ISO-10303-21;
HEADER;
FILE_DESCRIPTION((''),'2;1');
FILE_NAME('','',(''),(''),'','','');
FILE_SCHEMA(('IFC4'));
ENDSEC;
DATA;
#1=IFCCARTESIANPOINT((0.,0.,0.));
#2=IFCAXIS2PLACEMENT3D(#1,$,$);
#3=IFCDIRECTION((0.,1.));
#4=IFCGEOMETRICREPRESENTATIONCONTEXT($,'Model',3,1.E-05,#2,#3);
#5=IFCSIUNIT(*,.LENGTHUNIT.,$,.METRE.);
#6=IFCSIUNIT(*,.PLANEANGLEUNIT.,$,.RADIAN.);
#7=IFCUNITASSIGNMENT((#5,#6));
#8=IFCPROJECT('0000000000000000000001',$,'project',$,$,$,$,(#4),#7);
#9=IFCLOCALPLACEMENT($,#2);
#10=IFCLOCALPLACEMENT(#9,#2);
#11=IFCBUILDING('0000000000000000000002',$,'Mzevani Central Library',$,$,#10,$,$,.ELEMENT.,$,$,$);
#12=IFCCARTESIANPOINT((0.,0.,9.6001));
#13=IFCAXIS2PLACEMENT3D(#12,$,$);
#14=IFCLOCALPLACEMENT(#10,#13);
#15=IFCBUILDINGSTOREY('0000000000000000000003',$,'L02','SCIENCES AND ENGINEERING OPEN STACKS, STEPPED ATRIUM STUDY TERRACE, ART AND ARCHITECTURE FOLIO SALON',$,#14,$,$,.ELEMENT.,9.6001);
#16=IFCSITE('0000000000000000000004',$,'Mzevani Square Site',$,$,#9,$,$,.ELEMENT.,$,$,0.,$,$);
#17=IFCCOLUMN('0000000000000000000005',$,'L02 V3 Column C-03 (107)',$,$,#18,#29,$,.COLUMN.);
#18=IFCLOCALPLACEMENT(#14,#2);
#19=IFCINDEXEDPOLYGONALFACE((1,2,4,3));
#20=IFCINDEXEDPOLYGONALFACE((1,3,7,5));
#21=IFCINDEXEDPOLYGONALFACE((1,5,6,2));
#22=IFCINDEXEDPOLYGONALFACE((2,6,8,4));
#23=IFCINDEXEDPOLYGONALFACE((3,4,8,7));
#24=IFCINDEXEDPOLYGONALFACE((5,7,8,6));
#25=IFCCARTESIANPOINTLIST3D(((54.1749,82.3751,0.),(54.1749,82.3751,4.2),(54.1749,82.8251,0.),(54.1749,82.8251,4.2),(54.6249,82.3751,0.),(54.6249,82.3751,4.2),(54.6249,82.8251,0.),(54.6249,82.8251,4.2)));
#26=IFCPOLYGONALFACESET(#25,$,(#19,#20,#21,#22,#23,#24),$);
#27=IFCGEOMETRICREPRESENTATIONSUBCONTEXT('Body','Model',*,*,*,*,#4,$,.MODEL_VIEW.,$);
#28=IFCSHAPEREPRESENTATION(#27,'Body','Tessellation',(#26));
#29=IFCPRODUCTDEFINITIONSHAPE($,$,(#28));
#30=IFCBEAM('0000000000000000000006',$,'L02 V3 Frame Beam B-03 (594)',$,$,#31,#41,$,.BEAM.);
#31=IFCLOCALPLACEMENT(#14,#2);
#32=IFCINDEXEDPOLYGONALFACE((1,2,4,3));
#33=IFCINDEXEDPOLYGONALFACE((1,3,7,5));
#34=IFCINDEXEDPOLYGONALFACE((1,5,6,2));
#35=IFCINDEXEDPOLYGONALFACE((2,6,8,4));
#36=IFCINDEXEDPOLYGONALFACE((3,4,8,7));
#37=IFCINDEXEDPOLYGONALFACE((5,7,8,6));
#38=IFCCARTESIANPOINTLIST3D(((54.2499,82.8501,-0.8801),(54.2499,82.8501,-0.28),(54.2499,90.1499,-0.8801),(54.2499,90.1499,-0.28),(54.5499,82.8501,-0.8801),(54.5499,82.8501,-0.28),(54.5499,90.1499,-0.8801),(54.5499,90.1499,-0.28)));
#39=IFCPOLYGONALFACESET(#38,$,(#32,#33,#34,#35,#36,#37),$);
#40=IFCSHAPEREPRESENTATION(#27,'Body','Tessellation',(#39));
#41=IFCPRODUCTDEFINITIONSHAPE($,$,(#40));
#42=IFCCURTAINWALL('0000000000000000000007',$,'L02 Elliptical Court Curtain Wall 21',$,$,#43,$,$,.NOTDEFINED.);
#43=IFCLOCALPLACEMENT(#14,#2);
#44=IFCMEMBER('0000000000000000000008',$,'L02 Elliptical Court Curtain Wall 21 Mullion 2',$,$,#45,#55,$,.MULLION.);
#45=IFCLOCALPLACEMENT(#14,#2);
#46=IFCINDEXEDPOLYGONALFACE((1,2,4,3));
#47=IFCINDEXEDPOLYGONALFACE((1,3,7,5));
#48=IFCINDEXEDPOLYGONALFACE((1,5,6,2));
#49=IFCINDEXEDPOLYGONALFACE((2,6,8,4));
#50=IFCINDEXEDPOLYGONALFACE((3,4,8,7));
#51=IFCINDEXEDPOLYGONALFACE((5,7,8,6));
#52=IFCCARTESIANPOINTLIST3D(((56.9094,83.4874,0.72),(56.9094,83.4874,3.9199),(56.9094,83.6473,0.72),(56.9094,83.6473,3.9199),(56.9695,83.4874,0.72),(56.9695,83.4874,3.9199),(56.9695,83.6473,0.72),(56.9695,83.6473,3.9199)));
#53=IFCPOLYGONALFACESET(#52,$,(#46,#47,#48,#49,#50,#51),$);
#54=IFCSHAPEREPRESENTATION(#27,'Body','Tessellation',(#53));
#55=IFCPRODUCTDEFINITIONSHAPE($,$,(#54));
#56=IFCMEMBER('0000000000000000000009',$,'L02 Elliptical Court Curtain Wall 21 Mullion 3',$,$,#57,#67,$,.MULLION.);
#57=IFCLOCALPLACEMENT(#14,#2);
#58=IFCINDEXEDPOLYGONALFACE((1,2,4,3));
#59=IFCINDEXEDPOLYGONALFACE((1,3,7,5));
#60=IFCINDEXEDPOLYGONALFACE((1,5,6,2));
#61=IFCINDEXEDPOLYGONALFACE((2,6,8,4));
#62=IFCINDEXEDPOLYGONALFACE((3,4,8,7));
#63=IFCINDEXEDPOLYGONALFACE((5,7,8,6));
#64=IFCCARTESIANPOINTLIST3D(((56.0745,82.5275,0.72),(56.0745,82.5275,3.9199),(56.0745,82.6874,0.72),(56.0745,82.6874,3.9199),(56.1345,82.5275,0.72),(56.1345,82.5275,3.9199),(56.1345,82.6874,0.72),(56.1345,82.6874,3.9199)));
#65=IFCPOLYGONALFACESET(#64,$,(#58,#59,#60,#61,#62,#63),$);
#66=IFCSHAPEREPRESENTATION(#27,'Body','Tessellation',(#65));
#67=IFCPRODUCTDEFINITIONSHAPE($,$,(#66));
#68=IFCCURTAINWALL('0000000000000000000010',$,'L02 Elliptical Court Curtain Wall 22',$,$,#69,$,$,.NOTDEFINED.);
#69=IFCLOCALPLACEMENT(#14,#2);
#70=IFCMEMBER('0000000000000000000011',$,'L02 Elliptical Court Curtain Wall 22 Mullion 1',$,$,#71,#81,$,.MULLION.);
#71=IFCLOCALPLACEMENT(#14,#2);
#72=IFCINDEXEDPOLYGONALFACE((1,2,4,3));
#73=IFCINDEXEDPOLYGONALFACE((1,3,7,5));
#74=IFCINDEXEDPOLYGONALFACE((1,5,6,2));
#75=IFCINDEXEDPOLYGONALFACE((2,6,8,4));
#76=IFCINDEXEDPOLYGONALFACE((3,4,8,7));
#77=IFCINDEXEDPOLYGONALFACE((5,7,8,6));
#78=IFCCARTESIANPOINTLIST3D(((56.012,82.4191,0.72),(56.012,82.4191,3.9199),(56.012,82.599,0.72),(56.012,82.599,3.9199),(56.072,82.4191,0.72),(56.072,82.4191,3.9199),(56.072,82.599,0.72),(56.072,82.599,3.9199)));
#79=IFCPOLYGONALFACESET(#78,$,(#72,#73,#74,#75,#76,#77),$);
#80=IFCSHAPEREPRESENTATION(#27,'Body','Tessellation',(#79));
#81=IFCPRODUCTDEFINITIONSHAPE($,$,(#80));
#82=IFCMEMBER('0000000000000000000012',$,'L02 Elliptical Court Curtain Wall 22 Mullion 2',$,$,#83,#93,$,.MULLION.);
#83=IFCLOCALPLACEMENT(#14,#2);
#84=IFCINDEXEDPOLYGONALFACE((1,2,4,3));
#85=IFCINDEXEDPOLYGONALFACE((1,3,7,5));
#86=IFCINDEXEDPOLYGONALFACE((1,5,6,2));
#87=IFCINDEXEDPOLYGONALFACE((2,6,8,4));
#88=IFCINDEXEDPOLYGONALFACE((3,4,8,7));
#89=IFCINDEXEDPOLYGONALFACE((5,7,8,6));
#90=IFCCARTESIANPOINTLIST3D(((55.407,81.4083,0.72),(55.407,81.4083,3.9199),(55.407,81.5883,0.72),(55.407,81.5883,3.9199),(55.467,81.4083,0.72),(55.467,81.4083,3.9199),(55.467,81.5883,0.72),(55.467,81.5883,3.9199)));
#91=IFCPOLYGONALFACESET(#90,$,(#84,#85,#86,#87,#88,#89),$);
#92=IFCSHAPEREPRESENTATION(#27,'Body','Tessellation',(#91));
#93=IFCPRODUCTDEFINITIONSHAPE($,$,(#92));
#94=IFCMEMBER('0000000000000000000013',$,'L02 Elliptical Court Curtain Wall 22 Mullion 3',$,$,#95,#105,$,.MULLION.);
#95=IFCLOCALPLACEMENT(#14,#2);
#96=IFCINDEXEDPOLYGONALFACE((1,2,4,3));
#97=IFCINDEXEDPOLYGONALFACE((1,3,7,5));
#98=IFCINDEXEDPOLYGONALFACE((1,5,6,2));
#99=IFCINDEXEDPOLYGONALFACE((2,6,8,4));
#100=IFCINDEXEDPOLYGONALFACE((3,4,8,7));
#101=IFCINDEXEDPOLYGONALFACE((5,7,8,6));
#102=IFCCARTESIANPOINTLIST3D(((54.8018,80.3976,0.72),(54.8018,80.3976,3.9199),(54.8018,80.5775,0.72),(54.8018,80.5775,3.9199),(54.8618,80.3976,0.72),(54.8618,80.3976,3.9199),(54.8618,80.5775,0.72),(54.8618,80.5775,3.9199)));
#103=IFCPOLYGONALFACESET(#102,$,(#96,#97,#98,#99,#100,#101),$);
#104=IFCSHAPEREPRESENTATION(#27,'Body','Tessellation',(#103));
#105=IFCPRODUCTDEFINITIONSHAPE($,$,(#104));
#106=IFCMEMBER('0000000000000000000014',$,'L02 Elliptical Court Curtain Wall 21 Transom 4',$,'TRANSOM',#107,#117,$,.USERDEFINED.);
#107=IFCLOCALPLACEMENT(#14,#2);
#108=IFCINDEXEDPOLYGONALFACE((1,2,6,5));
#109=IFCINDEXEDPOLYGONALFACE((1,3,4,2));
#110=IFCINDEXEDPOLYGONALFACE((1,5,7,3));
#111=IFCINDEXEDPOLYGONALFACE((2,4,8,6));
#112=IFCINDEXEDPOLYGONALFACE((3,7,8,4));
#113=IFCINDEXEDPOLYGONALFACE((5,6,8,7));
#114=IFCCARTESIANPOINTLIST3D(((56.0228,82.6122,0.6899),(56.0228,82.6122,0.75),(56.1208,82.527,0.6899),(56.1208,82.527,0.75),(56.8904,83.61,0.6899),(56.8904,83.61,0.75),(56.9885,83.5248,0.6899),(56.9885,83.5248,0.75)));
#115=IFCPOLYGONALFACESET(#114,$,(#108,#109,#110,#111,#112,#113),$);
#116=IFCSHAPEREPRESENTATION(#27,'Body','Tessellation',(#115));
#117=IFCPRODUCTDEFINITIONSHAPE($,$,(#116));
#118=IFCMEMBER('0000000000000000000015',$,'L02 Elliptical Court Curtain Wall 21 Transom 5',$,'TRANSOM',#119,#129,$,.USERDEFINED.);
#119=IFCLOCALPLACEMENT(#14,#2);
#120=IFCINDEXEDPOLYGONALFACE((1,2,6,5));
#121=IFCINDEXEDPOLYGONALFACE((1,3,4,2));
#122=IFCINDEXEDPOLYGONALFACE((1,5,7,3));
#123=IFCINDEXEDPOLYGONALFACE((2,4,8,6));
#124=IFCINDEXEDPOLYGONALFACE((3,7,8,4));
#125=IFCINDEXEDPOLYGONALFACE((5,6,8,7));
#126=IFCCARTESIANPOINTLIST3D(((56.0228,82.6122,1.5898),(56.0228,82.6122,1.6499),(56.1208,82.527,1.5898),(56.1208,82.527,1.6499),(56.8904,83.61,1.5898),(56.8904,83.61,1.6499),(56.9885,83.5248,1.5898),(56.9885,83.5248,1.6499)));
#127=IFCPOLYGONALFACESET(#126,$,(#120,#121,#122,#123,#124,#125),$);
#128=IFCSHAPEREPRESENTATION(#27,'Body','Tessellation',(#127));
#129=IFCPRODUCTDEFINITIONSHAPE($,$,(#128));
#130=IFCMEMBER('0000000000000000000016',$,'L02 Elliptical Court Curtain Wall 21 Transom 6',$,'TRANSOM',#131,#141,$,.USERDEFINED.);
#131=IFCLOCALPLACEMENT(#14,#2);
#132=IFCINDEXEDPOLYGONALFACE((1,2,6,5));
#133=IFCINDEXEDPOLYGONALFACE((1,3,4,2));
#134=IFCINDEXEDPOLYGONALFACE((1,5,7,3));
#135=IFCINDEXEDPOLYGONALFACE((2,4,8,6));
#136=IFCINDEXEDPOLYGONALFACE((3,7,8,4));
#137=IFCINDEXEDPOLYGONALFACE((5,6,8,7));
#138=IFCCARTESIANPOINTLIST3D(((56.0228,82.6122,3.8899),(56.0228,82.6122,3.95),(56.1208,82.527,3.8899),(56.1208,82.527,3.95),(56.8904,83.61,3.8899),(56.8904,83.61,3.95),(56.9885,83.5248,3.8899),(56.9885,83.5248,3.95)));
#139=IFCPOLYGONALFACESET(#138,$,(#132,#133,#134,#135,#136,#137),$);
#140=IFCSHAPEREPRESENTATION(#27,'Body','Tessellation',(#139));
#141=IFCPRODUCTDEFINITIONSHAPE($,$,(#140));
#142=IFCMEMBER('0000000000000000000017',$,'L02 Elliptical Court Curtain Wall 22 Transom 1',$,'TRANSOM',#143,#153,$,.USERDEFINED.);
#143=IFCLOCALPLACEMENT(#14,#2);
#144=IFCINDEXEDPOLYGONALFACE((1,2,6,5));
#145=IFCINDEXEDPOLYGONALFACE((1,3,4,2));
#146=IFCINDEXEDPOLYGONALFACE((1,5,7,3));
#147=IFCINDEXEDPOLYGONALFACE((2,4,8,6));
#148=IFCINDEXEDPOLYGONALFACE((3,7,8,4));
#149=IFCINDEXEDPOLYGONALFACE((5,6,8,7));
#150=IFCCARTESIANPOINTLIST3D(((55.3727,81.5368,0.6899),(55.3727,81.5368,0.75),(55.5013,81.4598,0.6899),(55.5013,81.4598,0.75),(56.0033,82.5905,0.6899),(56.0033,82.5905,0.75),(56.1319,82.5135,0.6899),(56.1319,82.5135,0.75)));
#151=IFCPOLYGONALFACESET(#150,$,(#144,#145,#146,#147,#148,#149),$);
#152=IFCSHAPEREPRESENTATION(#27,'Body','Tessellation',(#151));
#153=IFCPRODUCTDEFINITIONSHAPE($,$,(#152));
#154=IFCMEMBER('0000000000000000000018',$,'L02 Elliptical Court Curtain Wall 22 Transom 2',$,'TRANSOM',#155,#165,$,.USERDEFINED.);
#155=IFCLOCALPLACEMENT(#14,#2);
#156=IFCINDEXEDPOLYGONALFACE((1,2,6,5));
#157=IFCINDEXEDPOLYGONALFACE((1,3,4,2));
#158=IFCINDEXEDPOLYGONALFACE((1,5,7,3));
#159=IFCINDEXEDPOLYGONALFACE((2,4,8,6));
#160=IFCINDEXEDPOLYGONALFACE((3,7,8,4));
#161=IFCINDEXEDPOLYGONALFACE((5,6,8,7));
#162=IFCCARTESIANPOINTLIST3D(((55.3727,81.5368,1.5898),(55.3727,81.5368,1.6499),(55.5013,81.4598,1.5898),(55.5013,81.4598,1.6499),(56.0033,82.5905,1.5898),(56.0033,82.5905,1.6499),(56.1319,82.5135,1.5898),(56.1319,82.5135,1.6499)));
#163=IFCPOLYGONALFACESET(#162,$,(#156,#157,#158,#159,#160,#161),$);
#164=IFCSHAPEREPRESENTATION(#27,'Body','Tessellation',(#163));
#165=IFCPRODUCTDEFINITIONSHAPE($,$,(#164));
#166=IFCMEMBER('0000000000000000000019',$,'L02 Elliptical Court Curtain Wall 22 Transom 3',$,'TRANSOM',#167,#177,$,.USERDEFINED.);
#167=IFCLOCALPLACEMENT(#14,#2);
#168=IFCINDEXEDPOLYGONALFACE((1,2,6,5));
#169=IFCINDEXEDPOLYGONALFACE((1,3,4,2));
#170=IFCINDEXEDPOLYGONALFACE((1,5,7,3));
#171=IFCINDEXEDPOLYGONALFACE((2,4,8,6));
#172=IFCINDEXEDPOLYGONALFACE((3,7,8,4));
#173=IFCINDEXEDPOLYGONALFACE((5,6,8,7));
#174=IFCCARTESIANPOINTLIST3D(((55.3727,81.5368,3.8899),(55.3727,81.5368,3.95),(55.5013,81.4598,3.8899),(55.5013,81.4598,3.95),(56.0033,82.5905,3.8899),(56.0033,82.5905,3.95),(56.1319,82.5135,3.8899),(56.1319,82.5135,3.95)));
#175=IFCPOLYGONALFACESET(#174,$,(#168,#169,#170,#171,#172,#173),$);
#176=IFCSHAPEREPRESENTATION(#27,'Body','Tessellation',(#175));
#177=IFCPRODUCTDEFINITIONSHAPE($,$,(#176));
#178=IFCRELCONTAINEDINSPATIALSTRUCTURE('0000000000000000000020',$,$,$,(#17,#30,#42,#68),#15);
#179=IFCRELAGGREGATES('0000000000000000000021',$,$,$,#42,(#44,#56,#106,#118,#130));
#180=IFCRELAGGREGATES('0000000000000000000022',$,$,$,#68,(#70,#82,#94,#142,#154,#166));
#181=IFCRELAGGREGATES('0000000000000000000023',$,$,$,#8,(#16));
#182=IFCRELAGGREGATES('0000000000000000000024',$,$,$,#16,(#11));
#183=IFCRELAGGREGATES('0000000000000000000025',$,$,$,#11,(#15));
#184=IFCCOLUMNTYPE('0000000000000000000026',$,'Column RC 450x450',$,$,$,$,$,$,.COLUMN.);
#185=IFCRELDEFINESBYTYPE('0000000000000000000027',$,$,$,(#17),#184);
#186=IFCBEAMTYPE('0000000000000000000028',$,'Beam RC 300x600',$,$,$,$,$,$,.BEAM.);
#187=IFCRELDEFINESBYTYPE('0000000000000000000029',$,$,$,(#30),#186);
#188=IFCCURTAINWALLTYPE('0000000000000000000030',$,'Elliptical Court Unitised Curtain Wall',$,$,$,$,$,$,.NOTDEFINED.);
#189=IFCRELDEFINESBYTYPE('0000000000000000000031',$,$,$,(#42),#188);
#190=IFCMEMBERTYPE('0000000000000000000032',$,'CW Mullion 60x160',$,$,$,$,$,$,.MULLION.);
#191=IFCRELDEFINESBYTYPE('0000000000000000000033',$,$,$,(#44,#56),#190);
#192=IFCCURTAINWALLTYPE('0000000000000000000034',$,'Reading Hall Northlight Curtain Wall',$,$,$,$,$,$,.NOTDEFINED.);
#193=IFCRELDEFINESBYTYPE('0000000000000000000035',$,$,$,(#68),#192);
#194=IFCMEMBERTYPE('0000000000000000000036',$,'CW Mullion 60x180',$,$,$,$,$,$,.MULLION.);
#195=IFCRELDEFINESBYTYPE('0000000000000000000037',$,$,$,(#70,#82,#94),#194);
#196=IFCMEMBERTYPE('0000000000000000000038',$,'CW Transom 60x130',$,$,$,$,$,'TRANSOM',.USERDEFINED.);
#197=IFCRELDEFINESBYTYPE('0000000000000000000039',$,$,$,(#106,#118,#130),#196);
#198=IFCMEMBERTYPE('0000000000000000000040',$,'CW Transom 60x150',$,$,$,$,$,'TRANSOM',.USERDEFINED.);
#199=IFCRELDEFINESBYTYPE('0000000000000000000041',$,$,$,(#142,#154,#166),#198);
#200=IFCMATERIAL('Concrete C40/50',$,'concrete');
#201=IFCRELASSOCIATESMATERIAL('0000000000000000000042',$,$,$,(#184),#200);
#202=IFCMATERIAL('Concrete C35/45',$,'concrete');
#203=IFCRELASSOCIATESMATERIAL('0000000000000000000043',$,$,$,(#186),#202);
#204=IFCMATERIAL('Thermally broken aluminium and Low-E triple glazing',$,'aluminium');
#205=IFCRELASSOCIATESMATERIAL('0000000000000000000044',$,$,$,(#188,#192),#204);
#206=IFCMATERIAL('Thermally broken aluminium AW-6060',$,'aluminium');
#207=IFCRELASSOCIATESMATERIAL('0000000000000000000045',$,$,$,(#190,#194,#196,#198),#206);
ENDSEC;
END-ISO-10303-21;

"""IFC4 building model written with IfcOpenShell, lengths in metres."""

from ifc_helpers import new_model, si_unit, direction, frame, origin, origin_2d, place, context, subcontext, project, spatial, rectangle, extrude, material, material_profile, profile_set, type_object, element, aggregate, save


model = new_model("IFC4")

# Units and contexts
model_context = context("Model", 3, precision=1e-05, world=origin(), true_north=direction((0.0, 1.0)))
body_context = subcontext(model_context, "Body", "Model", "MODEL_VIEW")
ifc_project = project(units=[si_unit("LENGTHUNIT", "METRE"), si_unit("PLANEANGLEUNIT", "RADIAN")], contexts=[model_context])

# Site, building, storey
site_placement = place(None, origin())
site = spatial("IfcSite", under=ifc_project, at=site_placement, Name="Mzevani Square Site", CompositionType="ELEMENT", RefElevation=0.0)
building_placement = place(site_placement, origin())
building = spatial("IfcBuilding", under=site, at=building_placement, Name="Mzevani Central Library", CompositionType="ELEMENT")
storey_placement = place(building_placement, frame((0.0, 0.0, 9.6001)))
storey = spatial("IfcBuildingStorey", under=building, at=storey_placement, Name="L02", Description="SCIENCES AND ENGINEERING OPEN STACKS, STEPPED ATRIUM STUDY TERRACE, ART AND ARCHITECTURE FOLIO SALON", CompositionType="ELEMENT", Elevation=9.6001)

# Column
ifc_material_1 = material(Name="Concrete C40/50", Category="concrete")
ifc_material_profile_1 = material_profile(ifc_material_1, rectangle(XDim=0.45, YDim=0.45, at=origin_2d()), Name="RC 450x450")
ifc_profile_set_1 = profile_set([ifc_material_profile_1], Name="Concrete C40/50")
column_type = type_object("IfcColumnType", Name="Column RC 450x450", PredefinedType="COLUMN", material=ifc_profile_set_1)
column_placement = place(storey_placement, frame((54.3999, 82.6001, 0.0), z_axis=(0.0, 0.0, 1.0), x_axis=(1.0, 0.0, 0.0)))
element("IfcColumn", 1, at=column_placement, inside=storey, type_object=column_type, Name="L02 V3 Column C-03 (107)", PredefinedType="COLUMN", context=body_context, shape_type="SweptSolid", body=[
    extrude(rectangle(XDim=0.45, YDim=0.45, at=origin_2d()), origin(), (0.0, 0.0, 1.0), 4.2),
])

# Beam
ifc_material_2 = material(Name="Concrete C35/45", Category="concrete")
ifc_material_profile_2 = material_profile(ifc_material_2, rectangle(XDim=0.3, YDim=0.6001, at=origin_2d()), Name="RC B300x600")
ifc_profile_set_2 = profile_set([ifc_material_profile_2], Name="Concrete C35/45")
beam_type = type_object("IfcBeamType", Name="Beam RC 300x600", PredefinedType="BEAM", material=ifc_profile_set_2)
beam_placement = place(storey_placement, frame((54.3999, 82.8501, -0.5801), z_axis=(0.0, 1.0, 0.0), x_axis=(-1.0, 0.0, 0.0)))
element("IfcBeam", 2, at=beam_placement, inside=storey, type_object=beam_type, Name="L02 V3 Frame Beam B-03 (594)", PredefinedType="BEAM", context=body_context, shape_type="SweptSolid", body=[
    extrude(rectangle(XDim=0.3, YDim=0.6001, at=origin_2d()), origin(), (0.0, 0.0, 1.0), 7.2998),
])

# Curtain walls, members
ifc_material_3 = material(Name="Thermally broken aluminium and Low-E triple glazing", Category="aluminium")
curtain_wall_type_1 = type_object("IfcCurtainWallType", Name="Elliptical Court Unitised Curtain Wall", PredefinedType="NOTDEFINED", material=ifc_material_3)
curtain_wall_1_placement = place(storey_placement, origin())
curtain_wall_1 = element("IfcCurtainWall", 3, at=curtain_wall_1_placement, inside=storey, type_object=curtain_wall_type_1, Name="L02 Elliptical Court Curtain Wall 21", PredefinedType="NOTDEFINED")
ifc_material_4 = material(Name="Thermally broken aluminium AW-6060", Category="aluminium")
ifc_material_profile_3 = material_profile(ifc_material_4, rectangle(XDim=0.0601, YDim=0.1599, at=origin_2d()), Name="ALU M60x160")
ifc_profile_set_3 = profile_set([ifc_material_profile_3], Name="Thermally broken aluminium AW-6060")
member_type_1 = type_object("IfcMemberType", Name="CW Mullion 60x160", PredefinedType="MULLION", material=ifc_profile_set_3)
member_1_placement = place(storey_placement, frame((56.9395, 83.5674, 0.72), z_axis=(0.0, 0.0, 1.0), x_axis=(1.0, 0.0, 0.0)))
member_1 = element("IfcMember", 4, at=member_1_placement, type_object=member_type_1, Name="L02 Elliptical Court Curtain Wall 21 Mullion 2", PredefinedType="MULLION", context=body_context, shape_type="SweptSolid", body=[
    extrude(rectangle(XDim=0.0601, YDim=0.1599, at=origin_2d()), origin(), (0.0, 0.0, 1.0), 3.2),
])
member_2_placement = place(storey_placement, frame((56.1045, 82.6074, 0.72), z_axis=(0.0, 0.0, 1.0), x_axis=(1.0, 0.0, 0.0)))
member_2 = element("IfcMember", 5, at=member_2_placement, type_object=member_type_1, Name="L02 Elliptical Court Curtain Wall 21 Mullion 3", PredefinedType="MULLION", context=body_context, shape_type="SweptSolid", body=[
    extrude(rectangle(XDim=0.0601, YDim=0.1599, at=origin_2d()), origin(), (0.0, 0.0, 1.0), 3.2),
])
curtain_wall_type_2 = type_object("IfcCurtainWallType", Name="Reading Hall Northlight Curtain Wall", PredefinedType="NOTDEFINED", material=ifc_material_3)
curtain_wall_2_placement = place(storey_placement, origin())
curtain_wall_2 = element("IfcCurtainWall", 6, at=curtain_wall_2_placement, inside=storey, type_object=curtain_wall_type_2, Name="L02 Elliptical Court Curtain Wall 22", PredefinedType="NOTDEFINED")
ifc_material_profile_4 = material_profile(ifc_material_4, rectangle(XDim=0.0601, YDim=0.1799, at=origin_2d()), Name="ALU M60x180")
ifc_profile_set_4 = profile_set([ifc_material_profile_4], Name="Thermally broken aluminium AW-6060")
member_type_2 = type_object("IfcMemberType", Name="CW Mullion 60x180", PredefinedType="MULLION", material=ifc_profile_set_4)
member_3_placement = place(storey_placement, frame((56.042, 82.509, 0.72), z_axis=(0.0, 0.0, 1.0), x_axis=(1.0, 0.0, 0.0)))
member_3 = element("IfcMember", 7, at=member_3_placement, type_object=member_type_2, Name="L02 Elliptical Court Curtain Wall 22 Mullion 1", PredefinedType="MULLION", context=body_context, shape_type="SweptSolid", body=[
    extrude(rectangle(XDim=0.0601, YDim=0.1799, at=origin_2d()), origin(), (0.0, 0.0, 1.0), 3.2),
])
member_4_placement = place(storey_placement, frame((55.437, 81.4983, 0.72), z_axis=(0.0, 0.0, 1.0), x_axis=(1.0, 0.0, 0.0)))
member_4 = element("IfcMember", 8, at=member_4_placement, type_object=member_type_2, Name="L02 Elliptical Court Curtain Wall 22 Mullion 2", PredefinedType="MULLION", context=body_context, shape_type="SweptSolid", body=[
    extrude(rectangle(XDim=0.0601, YDim=0.1799, at=origin_2d()), origin(), (0.0, 0.0, 1.0), 3.2),
])
member_5_placement = place(storey_placement, frame((54.8318, 80.4875, 0.72), z_axis=(0.0, 0.0, 1.0), x_axis=(1.0, 0.0, 0.0)))
member_5 = element("IfcMember", 9, at=member_5_placement, type_object=member_type_2, Name="L02 Elliptical Court Curtain Wall 22 Mullion 3", PredefinedType="MULLION", context=body_context, shape_type="SweptSolid", body=[
    extrude(rectangle(XDim=0.0601, YDim=0.1799, at=origin_2d()), origin(), (0.0, 0.0, 1.0), 3.2),
])

# Members
ifc_material_profile_5 = material_profile(ifc_material_4, rectangle(XDim=0.1299, YDim=0.0601, at=origin_2d()), Name="ALU T60x130")
ifc_profile_set_5 = profile_set([ifc_material_profile_5], Name="Thermally broken aluminium AW-6060")
member_type_3 = type_object("IfcMemberType", Name="CW Transom 60x130", ElementType="TRANSOM", PredefinedType="USERDEFINED", material=ifc_profile_set_5)
member_6_placement = place(storey_placement, frame((56.9395, 83.5674, 0.72), z_axis=(-0.656188, -0.754598, 0.0), x_axis=(0.754598, -0.656188, 0.0)))
member_6 = element("IfcMember", 10, at=member_6_placement, type_object=member_type_3, Name="L02 Elliptical Court Curtain Wall 21 Transom 4", ObjectType="TRANSOM", PredefinedType="USERDEFINED", context=body_context, shape_type="SweptSolid", body=[
    extrude(rectangle(XDim=0.1299, YDim=0.0601, at=origin_2d()), origin(), (0.0, 0.0, 1.0), 1.3223),
])
member_7_placement = place(storey_placement, frame((56.9395, 83.5674, 1.6199), z_axis=(-0.656188, -0.754598, 0.0), x_axis=(0.754598, -0.656188, 0.0)))
member_7 = element("IfcMember", 11, at=member_7_placement, type_object=member_type_3, Name="L02 Elliptical Court Curtain Wall 21 Transom 5", ObjectType="TRANSOM", PredefinedType="USERDEFINED", context=body_context, shape_type="SweptSolid", body=[
    extrude(rectangle(XDim=0.1299, YDim=0.0601, at=origin_2d()), origin(), (0.0, 0.0, 1.0), 1.3223),
])
member_8_placement = place(storey_placement, frame((56.9395, 83.5674, 3.9199), z_axis=(-0.656188, -0.754598, 0.0), x_axis=(0.754598, -0.656188, 0.0)))
member_8 = element("IfcMember", 12, at=member_8_placement, type_object=member_type_3, Name="L02 Elliptical Court Curtain Wall 21 Transom 6", ObjectType="TRANSOM", PredefinedType="USERDEFINED", context=body_context, shape_type="SweptSolid", body=[
    extrude(rectangle(XDim=0.1299, YDim=0.0601, at=origin_2d()), origin(), (0.0, 0.0, 1.0), 1.3223),
])
ifc_material_profile_6 = material_profile(ifc_material_4, rectangle(XDim=0.1499, YDim=0.0601, at=origin_2d()), Name="ALU T60x150")
ifc_profile_set_6 = profile_set([ifc_material_profile_6], Name="Thermally broken aluminium AW-6060")
member_type_4 = type_object("IfcMemberType", Name="CW Transom 60x150", ElementType="TRANSOM", PredefinedType="USERDEFINED", material=ifc_profile_set_6)
member_9_placement = place(storey_placement, frame((56.0676, 82.552, 0.72), z_axis=(-0.513531, -0.858071, 0.0), x_axis=(0.858071, -0.513531, 0.0)))
member_9 = element("IfcMember", 13, at=member_9_placement, type_object=member_type_4, Name="L02 Elliptical Court Curtain Wall 22 Transom 1", ObjectType="TRANSOM", PredefinedType="USERDEFINED", context=body_context, shape_type="SweptSolid", body=[
    extrude(rectangle(XDim=0.1499, YDim=0.0601, at=origin_2d()), origin(), (0.0, 0.0, 1.0), 1.228),
])
member_10_placement = place(storey_placement, frame((56.0676, 82.552, 1.6199), z_axis=(-0.513531, -0.858071, 0.0), x_axis=(0.858071, -0.513531, 0.0)))
member_10 = element("IfcMember", 14, at=member_10_placement, type_object=member_type_4, Name="L02 Elliptical Court Curtain Wall 22 Transom 2", ObjectType="TRANSOM", PredefinedType="USERDEFINED", context=body_context, shape_type="SweptSolid", body=[
    extrude(rectangle(XDim=0.1499, YDim=0.0601, at=origin_2d()), origin(), (0.0, 0.0, 1.0), 1.228),
])
member_11_placement = place(storey_placement, frame((56.0676, 82.552, 3.9199), z_axis=(-0.513531, -0.858071, 0.0), x_axis=(0.858071, -0.513531, 0.0)))
member_11 = element("IfcMember", 15, at=member_11_placement, type_object=member_type_4, Name="L02 Elliptical Court Curtain Wall 22 Transom 3", ObjectType="TRANSOM", PredefinedType="USERDEFINED", context=body_context, shape_type="SweptSolid", body=[
    extrude(rectangle(XDim=0.1499, YDim=0.0601, at=origin_2d()), origin(), (0.0, 0.0, 1.0), 1.228),
])

aggregate(curtain_wall_1, [member_1, member_2, member_6, member_7, member_8])
aggregate(curtain_wall_2, [member_3, member_4, member_5, member_9, member_10, member_11])

save(model, "model.ifc")
